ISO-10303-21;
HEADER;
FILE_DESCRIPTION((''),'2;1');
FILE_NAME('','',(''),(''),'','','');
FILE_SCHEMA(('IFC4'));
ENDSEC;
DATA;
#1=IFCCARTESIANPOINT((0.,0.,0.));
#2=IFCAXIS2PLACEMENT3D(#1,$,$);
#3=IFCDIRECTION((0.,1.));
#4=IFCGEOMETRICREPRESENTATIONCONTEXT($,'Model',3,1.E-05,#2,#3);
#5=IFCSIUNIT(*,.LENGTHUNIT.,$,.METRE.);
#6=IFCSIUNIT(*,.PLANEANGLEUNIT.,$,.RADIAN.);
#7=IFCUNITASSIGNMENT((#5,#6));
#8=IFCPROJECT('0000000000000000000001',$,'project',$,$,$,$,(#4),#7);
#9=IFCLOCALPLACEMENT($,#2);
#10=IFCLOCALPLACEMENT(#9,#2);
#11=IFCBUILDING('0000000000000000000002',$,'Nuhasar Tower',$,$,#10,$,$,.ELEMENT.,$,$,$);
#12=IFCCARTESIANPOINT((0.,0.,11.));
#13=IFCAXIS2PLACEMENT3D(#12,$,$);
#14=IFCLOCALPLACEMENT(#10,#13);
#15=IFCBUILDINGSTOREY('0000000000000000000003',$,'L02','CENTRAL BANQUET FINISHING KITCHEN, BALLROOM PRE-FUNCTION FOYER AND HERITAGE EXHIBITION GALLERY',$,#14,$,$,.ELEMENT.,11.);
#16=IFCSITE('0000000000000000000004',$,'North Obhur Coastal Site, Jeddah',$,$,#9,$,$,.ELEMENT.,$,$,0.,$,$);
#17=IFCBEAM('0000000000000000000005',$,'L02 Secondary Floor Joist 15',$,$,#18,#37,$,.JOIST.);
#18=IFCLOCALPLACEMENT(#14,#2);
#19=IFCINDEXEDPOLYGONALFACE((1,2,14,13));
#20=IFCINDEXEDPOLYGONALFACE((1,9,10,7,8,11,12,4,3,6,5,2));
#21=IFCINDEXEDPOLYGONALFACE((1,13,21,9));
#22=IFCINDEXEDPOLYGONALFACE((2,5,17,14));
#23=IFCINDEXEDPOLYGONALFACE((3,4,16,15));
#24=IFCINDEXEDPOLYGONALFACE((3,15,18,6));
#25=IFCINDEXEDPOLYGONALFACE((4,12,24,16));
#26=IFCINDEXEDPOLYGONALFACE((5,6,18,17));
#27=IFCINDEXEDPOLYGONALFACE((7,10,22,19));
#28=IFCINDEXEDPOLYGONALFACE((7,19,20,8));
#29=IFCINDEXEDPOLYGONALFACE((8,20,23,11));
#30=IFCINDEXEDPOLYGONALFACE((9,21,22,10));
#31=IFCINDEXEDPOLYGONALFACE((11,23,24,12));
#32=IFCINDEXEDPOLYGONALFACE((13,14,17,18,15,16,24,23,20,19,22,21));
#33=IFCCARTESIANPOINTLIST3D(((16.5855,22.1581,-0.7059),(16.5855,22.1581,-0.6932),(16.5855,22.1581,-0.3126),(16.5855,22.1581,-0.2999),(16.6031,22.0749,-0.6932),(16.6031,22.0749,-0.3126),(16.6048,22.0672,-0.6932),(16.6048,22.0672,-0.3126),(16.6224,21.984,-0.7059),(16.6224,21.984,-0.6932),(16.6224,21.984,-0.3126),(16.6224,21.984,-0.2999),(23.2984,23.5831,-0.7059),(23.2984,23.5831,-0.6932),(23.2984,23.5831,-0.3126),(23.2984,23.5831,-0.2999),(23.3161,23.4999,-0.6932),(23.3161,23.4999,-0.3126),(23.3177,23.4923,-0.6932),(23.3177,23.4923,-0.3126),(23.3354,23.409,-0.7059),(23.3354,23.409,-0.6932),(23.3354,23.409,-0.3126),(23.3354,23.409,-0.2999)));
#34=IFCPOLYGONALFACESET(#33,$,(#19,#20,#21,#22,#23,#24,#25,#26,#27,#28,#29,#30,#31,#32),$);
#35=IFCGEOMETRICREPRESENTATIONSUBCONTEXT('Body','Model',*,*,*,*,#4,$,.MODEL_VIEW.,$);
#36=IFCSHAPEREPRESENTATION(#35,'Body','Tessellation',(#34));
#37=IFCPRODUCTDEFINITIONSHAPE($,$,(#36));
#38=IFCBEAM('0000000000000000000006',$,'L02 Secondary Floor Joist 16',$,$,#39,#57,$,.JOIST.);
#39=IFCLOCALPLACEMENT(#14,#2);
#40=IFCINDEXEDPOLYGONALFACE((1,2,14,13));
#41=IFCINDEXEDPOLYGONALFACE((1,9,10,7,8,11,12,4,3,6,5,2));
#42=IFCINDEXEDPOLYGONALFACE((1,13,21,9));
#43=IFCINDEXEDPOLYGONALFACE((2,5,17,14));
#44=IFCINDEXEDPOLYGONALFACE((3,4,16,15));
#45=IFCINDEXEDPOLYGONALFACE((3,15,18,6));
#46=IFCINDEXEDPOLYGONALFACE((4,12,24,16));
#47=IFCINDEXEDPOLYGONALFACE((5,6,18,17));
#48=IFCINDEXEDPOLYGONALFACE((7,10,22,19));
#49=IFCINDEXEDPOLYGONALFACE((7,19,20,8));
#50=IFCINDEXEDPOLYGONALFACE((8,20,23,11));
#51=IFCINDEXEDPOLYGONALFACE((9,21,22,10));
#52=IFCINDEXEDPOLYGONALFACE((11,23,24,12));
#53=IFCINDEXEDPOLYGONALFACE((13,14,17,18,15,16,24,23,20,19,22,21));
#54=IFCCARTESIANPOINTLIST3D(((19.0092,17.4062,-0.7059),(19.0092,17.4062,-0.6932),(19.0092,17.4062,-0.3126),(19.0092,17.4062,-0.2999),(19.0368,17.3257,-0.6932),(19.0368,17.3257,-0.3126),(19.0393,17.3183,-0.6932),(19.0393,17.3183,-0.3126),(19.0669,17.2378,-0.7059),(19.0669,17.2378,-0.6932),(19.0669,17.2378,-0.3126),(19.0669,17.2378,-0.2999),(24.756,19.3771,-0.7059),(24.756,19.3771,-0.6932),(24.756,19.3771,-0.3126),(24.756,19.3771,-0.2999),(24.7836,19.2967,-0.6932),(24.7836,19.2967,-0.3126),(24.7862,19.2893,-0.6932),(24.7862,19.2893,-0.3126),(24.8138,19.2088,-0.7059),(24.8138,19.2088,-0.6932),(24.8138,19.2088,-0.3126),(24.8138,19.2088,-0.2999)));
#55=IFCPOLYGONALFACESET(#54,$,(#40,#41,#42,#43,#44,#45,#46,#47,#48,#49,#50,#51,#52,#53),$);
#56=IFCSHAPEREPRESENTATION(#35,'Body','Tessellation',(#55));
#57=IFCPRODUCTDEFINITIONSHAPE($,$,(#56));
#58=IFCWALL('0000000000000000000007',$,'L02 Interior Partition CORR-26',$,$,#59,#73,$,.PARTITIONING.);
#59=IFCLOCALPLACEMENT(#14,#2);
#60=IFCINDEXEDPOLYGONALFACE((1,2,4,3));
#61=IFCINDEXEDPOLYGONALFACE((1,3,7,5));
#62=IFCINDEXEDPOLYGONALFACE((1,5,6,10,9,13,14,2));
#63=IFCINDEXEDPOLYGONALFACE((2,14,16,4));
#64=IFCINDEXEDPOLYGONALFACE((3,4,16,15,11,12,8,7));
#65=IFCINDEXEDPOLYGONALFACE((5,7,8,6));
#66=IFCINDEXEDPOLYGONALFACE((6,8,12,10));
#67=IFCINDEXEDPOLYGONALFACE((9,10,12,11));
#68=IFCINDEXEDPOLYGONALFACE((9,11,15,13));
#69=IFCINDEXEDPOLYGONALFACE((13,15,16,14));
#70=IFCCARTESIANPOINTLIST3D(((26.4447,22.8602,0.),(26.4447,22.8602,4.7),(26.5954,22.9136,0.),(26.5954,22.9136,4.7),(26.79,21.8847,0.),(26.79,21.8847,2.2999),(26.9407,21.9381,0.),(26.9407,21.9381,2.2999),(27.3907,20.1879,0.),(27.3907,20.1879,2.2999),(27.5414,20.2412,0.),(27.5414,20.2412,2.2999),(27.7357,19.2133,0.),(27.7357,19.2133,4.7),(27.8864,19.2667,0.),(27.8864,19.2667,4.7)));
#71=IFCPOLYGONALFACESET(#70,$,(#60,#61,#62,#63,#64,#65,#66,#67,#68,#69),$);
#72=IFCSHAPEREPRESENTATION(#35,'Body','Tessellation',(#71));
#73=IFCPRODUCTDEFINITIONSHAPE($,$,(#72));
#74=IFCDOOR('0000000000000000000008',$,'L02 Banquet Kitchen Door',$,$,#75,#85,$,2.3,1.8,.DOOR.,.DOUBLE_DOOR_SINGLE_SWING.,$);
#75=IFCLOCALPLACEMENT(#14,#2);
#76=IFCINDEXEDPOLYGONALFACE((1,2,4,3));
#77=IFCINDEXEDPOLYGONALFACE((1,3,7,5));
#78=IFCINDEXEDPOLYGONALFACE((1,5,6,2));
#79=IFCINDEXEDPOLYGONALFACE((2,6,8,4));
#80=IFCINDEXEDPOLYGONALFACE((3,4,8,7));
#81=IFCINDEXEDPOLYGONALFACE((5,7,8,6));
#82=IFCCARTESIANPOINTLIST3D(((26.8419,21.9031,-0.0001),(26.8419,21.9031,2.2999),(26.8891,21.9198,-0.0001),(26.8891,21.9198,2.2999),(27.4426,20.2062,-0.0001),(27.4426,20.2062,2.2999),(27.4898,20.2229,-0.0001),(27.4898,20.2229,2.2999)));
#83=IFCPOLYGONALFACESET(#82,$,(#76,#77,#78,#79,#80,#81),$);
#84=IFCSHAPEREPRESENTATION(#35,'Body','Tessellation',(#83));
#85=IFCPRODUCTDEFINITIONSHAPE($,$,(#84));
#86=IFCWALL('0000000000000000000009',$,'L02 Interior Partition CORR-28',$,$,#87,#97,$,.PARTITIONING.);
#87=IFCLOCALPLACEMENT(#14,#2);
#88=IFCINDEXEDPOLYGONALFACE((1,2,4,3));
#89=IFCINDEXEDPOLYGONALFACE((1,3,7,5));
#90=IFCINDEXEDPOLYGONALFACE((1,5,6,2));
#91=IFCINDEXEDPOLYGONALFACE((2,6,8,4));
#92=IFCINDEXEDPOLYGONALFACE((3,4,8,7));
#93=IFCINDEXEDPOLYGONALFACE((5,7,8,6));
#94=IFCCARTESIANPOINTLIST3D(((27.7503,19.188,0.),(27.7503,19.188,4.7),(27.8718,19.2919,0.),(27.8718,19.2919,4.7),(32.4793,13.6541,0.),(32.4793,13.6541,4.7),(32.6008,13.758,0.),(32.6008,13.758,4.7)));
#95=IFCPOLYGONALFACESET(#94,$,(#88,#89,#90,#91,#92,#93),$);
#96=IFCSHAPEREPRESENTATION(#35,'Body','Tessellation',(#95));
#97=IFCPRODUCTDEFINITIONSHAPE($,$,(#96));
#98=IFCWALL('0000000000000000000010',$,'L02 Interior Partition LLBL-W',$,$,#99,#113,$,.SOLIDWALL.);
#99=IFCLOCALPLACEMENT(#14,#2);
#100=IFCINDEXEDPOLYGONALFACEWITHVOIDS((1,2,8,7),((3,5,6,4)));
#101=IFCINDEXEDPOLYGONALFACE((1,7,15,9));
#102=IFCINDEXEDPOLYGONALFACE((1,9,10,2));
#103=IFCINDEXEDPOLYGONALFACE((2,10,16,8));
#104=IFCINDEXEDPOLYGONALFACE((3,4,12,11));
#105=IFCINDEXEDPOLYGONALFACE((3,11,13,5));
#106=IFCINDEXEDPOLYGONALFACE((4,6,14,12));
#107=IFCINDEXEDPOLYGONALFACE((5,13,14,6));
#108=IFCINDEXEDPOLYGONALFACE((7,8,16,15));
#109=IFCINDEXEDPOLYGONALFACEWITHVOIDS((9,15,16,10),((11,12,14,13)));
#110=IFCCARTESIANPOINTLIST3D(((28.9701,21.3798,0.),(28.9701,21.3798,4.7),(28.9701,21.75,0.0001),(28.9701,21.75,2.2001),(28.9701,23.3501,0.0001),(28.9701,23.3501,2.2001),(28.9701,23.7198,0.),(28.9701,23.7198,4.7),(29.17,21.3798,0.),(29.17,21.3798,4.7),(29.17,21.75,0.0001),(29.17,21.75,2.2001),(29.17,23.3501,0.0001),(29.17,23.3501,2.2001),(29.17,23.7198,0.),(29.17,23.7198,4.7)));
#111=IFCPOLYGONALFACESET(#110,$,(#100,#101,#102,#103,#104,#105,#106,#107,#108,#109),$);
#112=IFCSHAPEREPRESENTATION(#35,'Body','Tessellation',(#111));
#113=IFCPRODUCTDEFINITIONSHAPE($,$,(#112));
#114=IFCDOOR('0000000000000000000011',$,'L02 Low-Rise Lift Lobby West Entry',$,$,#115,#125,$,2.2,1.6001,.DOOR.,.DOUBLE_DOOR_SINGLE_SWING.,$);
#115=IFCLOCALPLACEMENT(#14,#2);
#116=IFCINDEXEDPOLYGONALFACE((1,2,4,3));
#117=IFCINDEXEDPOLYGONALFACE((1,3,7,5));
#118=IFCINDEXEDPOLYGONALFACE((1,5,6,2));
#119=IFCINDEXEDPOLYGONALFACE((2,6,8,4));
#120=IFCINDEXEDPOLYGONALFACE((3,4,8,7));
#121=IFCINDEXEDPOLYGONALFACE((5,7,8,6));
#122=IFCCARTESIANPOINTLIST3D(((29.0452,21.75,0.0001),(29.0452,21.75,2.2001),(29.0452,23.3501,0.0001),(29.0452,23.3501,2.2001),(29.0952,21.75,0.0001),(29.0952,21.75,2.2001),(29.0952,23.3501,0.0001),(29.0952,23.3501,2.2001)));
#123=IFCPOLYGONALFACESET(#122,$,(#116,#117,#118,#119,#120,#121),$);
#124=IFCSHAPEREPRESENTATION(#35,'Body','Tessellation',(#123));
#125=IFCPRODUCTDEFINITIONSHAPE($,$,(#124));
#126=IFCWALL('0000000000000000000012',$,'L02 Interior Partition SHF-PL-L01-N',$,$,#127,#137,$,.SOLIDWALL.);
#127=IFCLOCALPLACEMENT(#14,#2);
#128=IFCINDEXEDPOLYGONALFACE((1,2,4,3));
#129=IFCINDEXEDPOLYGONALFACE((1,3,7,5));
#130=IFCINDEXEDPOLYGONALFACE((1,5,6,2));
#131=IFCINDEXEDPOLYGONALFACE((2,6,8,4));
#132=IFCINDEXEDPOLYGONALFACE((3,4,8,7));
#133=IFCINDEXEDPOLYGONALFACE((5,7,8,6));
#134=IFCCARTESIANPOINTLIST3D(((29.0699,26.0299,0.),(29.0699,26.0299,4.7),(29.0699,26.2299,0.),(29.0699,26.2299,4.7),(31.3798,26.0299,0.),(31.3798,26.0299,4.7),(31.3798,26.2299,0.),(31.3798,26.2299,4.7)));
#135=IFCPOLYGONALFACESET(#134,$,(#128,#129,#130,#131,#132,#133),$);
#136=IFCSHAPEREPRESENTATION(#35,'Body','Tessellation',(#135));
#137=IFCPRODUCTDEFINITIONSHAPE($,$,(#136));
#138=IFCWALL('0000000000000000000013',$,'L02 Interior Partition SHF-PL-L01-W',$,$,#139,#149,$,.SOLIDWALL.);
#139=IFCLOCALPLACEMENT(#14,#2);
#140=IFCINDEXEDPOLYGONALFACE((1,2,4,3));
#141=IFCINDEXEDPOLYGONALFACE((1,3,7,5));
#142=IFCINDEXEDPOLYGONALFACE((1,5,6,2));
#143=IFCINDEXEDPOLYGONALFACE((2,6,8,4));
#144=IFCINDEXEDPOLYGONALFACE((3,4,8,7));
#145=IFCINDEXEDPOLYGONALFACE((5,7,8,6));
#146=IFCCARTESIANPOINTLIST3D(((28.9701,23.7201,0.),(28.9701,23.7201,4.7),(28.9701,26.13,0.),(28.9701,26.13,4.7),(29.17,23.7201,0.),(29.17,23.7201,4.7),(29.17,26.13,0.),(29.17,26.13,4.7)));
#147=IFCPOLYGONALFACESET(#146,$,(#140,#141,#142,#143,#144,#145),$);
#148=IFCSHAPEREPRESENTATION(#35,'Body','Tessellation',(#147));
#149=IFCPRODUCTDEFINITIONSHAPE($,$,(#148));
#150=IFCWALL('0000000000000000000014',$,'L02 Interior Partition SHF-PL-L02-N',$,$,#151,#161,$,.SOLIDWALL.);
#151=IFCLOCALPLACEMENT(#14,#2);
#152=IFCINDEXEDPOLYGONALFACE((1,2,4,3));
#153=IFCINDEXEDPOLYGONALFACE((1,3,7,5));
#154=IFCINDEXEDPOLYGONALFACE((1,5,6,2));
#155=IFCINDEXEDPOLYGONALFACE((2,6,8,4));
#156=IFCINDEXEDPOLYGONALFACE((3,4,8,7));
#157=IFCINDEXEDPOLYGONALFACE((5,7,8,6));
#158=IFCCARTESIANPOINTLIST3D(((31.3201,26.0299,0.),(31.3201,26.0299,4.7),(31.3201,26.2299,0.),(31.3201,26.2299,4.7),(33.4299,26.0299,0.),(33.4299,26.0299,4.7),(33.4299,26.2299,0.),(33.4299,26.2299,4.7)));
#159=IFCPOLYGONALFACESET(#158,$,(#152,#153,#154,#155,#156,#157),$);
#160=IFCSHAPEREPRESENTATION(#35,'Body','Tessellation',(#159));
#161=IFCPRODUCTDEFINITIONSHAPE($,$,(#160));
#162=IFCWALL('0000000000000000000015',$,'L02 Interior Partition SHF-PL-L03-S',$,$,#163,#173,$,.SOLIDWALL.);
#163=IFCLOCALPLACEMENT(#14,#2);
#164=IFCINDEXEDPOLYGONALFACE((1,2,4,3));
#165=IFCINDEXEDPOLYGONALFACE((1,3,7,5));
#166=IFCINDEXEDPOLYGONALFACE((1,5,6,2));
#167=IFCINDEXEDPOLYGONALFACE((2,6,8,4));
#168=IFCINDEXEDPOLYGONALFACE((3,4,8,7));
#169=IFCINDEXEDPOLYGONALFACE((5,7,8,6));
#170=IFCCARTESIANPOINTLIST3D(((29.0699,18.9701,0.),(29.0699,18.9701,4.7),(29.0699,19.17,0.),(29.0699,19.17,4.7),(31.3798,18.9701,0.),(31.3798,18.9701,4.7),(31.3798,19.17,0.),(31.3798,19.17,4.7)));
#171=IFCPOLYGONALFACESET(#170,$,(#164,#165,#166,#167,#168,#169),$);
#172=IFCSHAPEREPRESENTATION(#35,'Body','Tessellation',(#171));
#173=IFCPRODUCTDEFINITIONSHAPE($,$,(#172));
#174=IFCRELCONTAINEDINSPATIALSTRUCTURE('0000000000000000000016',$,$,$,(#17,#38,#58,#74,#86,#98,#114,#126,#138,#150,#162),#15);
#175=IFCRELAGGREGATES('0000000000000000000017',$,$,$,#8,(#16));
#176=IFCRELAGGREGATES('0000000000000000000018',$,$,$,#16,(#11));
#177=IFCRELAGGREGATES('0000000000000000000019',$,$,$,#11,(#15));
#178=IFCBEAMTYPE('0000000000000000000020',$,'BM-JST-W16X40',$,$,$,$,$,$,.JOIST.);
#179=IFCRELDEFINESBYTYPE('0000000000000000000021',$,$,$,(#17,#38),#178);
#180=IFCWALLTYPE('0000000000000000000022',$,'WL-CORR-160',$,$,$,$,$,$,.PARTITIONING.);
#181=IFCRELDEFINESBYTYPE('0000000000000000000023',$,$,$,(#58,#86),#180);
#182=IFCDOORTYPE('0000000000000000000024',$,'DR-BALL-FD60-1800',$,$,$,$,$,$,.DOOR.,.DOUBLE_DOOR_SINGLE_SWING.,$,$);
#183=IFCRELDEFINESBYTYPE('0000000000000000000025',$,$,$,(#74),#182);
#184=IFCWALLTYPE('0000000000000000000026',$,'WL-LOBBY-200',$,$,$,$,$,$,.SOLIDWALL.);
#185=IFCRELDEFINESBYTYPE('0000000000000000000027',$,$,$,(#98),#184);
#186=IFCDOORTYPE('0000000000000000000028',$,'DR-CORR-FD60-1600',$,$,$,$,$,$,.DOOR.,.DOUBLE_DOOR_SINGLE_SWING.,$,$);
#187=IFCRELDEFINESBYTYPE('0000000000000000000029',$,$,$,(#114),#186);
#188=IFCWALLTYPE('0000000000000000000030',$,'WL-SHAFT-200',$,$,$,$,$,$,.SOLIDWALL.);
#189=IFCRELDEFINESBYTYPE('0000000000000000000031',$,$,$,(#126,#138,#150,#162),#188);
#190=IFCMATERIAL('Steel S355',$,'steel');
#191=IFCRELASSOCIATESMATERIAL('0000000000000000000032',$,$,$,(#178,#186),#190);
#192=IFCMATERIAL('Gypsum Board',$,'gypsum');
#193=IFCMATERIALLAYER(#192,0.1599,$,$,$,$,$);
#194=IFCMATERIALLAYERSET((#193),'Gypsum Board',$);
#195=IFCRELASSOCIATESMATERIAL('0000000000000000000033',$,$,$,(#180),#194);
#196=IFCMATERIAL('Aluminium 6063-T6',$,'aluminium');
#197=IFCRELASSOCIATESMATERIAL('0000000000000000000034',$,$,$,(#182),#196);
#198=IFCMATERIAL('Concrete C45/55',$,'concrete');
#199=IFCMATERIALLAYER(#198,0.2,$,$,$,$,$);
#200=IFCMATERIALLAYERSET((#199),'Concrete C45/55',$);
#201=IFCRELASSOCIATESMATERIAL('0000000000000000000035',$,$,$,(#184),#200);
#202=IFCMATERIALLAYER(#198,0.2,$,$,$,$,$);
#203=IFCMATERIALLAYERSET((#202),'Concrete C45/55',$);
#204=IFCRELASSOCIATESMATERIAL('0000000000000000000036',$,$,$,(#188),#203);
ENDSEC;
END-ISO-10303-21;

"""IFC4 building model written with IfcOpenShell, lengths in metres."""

from ifc_helpers import new_model, si_unit, direction, frame, frame_2d, origin, origin_2d, place, context, subcontext, project, spatial, rectangle, i_section, extrude, material, layer, layer_set, material_profile, profile_set, type_object, element, fill, save


model = new_model("IFC4")

# Units and contexts
model_context = context("Model", 3, precision=1e-05, world=origin(), true_north=direction((0.0, 1.0)))
body_context = subcontext(model_context, "Body", "Model", "MODEL_VIEW")
ifc_project = project(units=[si_unit("LENGTHUNIT", "METRE"), si_unit("PLANEANGLEUNIT", "RADIAN")], contexts=[model_context])

# Site, building, storey
site_placement = place(None, origin())
site = spatial("IfcSite", under=ifc_project, at=site_placement, Name="North Obhur Coastal Site, Jeddah", CompositionType="ELEMENT", RefElevation=0.0)
building_placement = place(site_placement, origin())
building = spatial("IfcBuilding", under=site, at=building_placement, Name="Nuhasar Tower", CompositionType="ELEMENT")
storey_placement = place(building_placement, frame((0.0, 0.0, 11.0)))
storey = spatial("IfcBuildingStorey", under=building, at=storey_placement, Name="L02", Description="CENTRAL BANQUET FINISHING KITCHEN, BALLROOM PRE-FUNCTION FOYER AND HERITAGE EXHIBITION GALLERY", CompositionType="ELEMENT", Elevation=11.0)

# Beams
ifc_material_1 = material(Name="Steel S355", Category="steel")
ifc_material_profile = material_profile(ifc_material_1, i_section(OverallWidth=0.178, OverallDepth=0.406, WebThickness=0.0078, FlangeThickness=0.0127, at=origin_2d()), Name="W16X40")
ifc_profile_set = profile_set([ifc_material_profile], Name="Steel S355")
beam_type = type_object("IfcBeamType", Name="BM-JST-W16X40", PredefinedType="JOIST", material=ifc_profile_set)
beam_1_placement = place(storey_placement, frame((23.3169, 23.4961, -0.5029), z_axis=(-0.978202, -0.207658, 0.0), x_axis=(0.207658, -0.978202, 0.0)))
element("IfcBeam", 1, at=beam_1_placement, inside=storey, type_object=beam_type, Name="L02 Secondary Floor Joist 15", PredefinedType="JOIST", context=body_context, shape_type="SweptSolid", body=[
    extrude(i_section(OverallWidth=0.178, OverallDepth=0.406, WebThickness=0.0078, FlangeThickness=0.0127, at=origin_2d()), origin(), (0.0, 0.0, 1.0), 6.8625),
])
beam_2_placement = place(storey_placement, frame((24.7849, 19.293, -0.5029), z_axis=(-0.945915, -0.324414, 0.0), x_axis=(0.324414, -0.945915, 0.0)))
element("IfcBeam", 2, at=beam_2_placement, inside=storey, type_object=beam_type, Name="L02 Secondary Floor Joist 16", PredefinedType="JOIST", context=body_context, shape_type="SweptSolid", body=[
    extrude(i_section(OverallWidth=0.178, OverallDepth=0.406, WebThickness=0.0078, FlangeThickness=0.0127, at=origin_2d()), origin(), (0.0, 0.0, 1.0), 6.0754),
])

# Wall, opening, door
ifc_material_2 = material(Name="Gypsum Board", Category="gypsum")
ifc_layer_1 = layer(ifc_material_2, 0.1599)
ifc_layer_set_1 = layer_set([ifc_layer_1], Name="Gypsum Board")
wall_type_1 = type_object("IfcWallType", Name="WL-CORR-160", PredefinedType="PARTITIONING", material=ifc_layer_set_1)
wall_1_placement = place(storey_placement, frame((27.811, 19.24, 0.0), z_axis=(0.0, 0.0, 1.0), x_axis=(-0.333705, 0.942678, 0.0)))
wall_1 = element("IfcWall", 3, at=wall_1_placement, inside=storey, type_object=wall_type_1, Name="L02 Interior Partition CORR-26", PredefinedType="PARTITIONING", context=body_context, shape_type="SweptSolid", body=[
    extrude(rectangle(XDim=3.8687, YDim=0.1599, at=frame_2d((1.9343, 0.0))), origin(), (0.0, 0.0, 1.0), 4.7),
])
opening_1_placement = place(wall_1_placement, frame((1.0339, 0.0, 0.0)))
opening_1 = element("IfcOpeningElement", 4, at=opening_1_placement, cuts=wall_1, PredefinedType="OPENING", context=body_context, shape_type="SweptSolid", body=[
    extrude(rectangle(XDim=1.8, YDim=2.3, at=frame_2d((0.8999, 1.1499))), frame((0.0, 0.0898, 0.0), z_axis=(0.0, -1.0, 0.0), x_axis=(1.0, 0.0, 0.0)), (0.0, 0.0, 1.0), 0.1799),
])
ifc_material_3 = material(Name="Aluminium 6063-T6", Category="aluminium")
door_type_1 = type_object("IfcDoorType", Name="DR-BALL-FD60-1800", OperationType="DOUBLE_DOOR_SINGLE_SWING", PredefinedType="DOOR", material=ifc_material_3)
door_1_placement = place(opening_1_placement, origin())
door_1 = element("IfcDoor", 5, at=door_1_placement, inside=storey, type_object=door_type_1, Name="L02 Banquet Kitchen Door", OperationType="DOUBLE_DOOR_SINGLE_SWING", OverallHeight=2.3, OverallWidth=1.8, PredefinedType="DOOR", context=body_context, shape_type="SweptSolid", body=[
    extrude(rectangle(XDim=1.8, YDim=2.3, at=frame_2d((0.8999, 1.1499))), frame((0.0, 0.0249, 0.0), z_axis=(0.0, -1.0, 0.0), x_axis=(1.0, 0.0, 0.0)), (0.0, 0.0, 1.0), 0.05),
])
fill(opening_1, door_1)

# Wall
wall_2_placement = place(storey_placement, frame((27.811, 19.24, 0.0), z_axis=(0.0, 0.0, 1.0), x_axis=(0.649653, -0.760231, 0.0)))
element("IfcWall", 6, at=wall_2_placement, inside=storey, type_object=wall_type_1, Name="L02 Interior Partition CORR-28", PredefinedType="PARTITIONING", context=body_context, shape_type="SweptSolid", body=[
    extrude(rectangle(XDim=7.2793, YDim=0.1599, at=frame_2d((3.6396, 0.0))), origin(), (0.0, 0.0, 1.0), 4.7),
])

# Wall, opening, door
ifc_material_4 = material(Name="Concrete C45/55", Category="concrete")
ifc_layer_2 = layer(ifc_material_4, 0.2)
ifc_layer_set_2 = layer_set([ifc_layer_2], Name="Concrete C45/55")
wall_type_2 = type_object("IfcWallType", Name="WL-LOBBY-200", PredefinedType="SOLIDWALL", material=ifc_layer_set_2)
wall_3_placement = place(storey_placement, frame((29.0701, 21.3799, 0.0), z_axis=(0.0, 0.0, 1.0), x_axis=(0.0, 1.0, 0.0)))
wall_3 = element("IfcWall", 7, at=wall_3_placement, inside=storey, type_object=wall_type_2, Name="L02 Interior Partition LLBL-W", PredefinedType="SOLIDWALL", context=body_context, shape_type="SweptSolid", body=[
    extrude(rectangle(XDim=2.3401, YDim=0.2, at=frame_2d((1.1699, 0.0))), origin(), (0.0, 0.0, 1.0), 4.7),
])
opening_2_placement = place(wall_3_placement, frame((0.3701, 0.0, 0.0)))
opening_2 = element("IfcOpeningElement", 8, at=opening_2_placement, cuts=wall_3, PredefinedType="OPENING", context=body_context, shape_type="SweptSolid", body=[
    extrude(rectangle(XDim=1.6001, YDim=2.2, at=frame_2d((0.8, 1.1001))), frame((0.0, 0.1099, 0.0), z_axis=(0.0, -1.0, 0.0), x_axis=(1.0, 0.0, 0.0)), (0.0, 0.0, 1.0), 0.22),
])
door_type_2 = type_object("IfcDoorType", Name="DR-CORR-FD60-1600", OperationType="DOUBLE_DOOR_SINGLE_SWING", PredefinedType="DOOR", material=ifc_material_1)
door_2_placement = place(opening_2_placement, origin())
door_2 = element("IfcDoor", 9, at=door_2_placement, inside=storey, type_object=door_type_2, Name="L02 Low-Rise Lift Lobby West Entry", OperationType="DOUBLE_DOOR_SINGLE_SWING", OverallHeight=2.2, OverallWidth=1.6001, PredefinedType="DOOR", context=body_context, shape_type="SweptSolid", body=[
    extrude(rectangle(XDim=1.6001, YDim=2.2, at=frame_2d((0.8, 1.1001))), frame((0.0, 0.0249, 0.0), z_axis=(0.0, -1.0, 0.0), x_axis=(1.0, 0.0, 0.0)), (0.0, 0.0, 1.0), 0.05),
])
fill(opening_2, door_2)
ifc_layer_3 = layer(ifc_material_4, 0.2)
ifc_layer_set_3 = layer_set([ifc_layer_3], Name="Concrete C45/55")
wall_type_3 = type_object("IfcWallType", Name="WL-SHAFT-200", PredefinedType="SOLIDWALL", material=ifc_layer_set_3)

# Walls
wall_4_placement = place(storey_placement, frame((29.0701, 26.1299, 0.0), z_axis=(0.0, 0.0, 1.0), x_axis=(1.0, 0.0, 0.0)))
element("IfcWall", 10, at=wall_4_placement, inside=storey, type_object=wall_type_3, Name="L02 Interior Partition SHF-PL-L01-N", PredefinedType="SOLIDWALL", context=body_context, shape_type="SweptSolid", body=[
    extrude(rectangle(XDim=2.3098, YDim=0.2, at=frame_2d((1.1548, 0.0))), origin(), (0.0, 0.0, 1.0), 4.7),
])
wall_5_placement = place(storey_placement, frame((29.0701, 23.72, 0.0), z_axis=(0.0, 0.0, 1.0), x_axis=(0.0, 1.0, 0.0)))
element("IfcWall", 11, at=wall_5_placement, inside=storey, type_object=wall_type_3, Name="L02 Interior Partition SHF-PL-L01-W", PredefinedType="SOLIDWALL", context=body_context, shape_type="SweptSolid", body=[
    extrude(rectangle(XDim=2.4099, YDim=0.2, at=frame_2d((1.2051, 0.0))), origin(), (0.0, 0.0, 1.0), 4.7),
])

# Walls
wall_6_placement = place(storey_placement, frame((31.3201, 26.1299, 0.0), z_axis=(0.0, 0.0, 1.0), x_axis=(1.0, 0.0, 0.0)))
element("IfcWall", 12, at=wall_6_placement, inside=storey, type_object=wall_type_3, Name="L02 Interior Partition SHF-PL-L02-N", PredefinedType="SOLIDWALL", context=body_context, shape_type="SweptSolid", body=[
    extrude(rectangle(XDim=2.1099, YDim=0.2, at=frame_2d((1.0549, 0.0))), origin(), (0.0, 0.0, 1.0), 4.7),
])
wall_7_placement = place(storey_placement, frame((29.0701, 19.0701, 0.0), z_axis=(0.0, 0.0, 1.0), x_axis=(1.0, 0.0, 0.0)))
element("IfcWall", 13, at=wall_7_placement, inside=storey, type_object=wall_type_3, Name="L02 Interior Partition SHF-PL-L03-S", PredefinedType="SOLIDWALL", context=body_context, shape_type="SweptSolid", body=[
    extrude(rectangle(XDim=2.3098, YDim=0.2, at=frame_2d((1.1548, 0.0))), origin(), (0.0, 0.0, 1.0), 4.7),
])

save(model, "model.ifc")
